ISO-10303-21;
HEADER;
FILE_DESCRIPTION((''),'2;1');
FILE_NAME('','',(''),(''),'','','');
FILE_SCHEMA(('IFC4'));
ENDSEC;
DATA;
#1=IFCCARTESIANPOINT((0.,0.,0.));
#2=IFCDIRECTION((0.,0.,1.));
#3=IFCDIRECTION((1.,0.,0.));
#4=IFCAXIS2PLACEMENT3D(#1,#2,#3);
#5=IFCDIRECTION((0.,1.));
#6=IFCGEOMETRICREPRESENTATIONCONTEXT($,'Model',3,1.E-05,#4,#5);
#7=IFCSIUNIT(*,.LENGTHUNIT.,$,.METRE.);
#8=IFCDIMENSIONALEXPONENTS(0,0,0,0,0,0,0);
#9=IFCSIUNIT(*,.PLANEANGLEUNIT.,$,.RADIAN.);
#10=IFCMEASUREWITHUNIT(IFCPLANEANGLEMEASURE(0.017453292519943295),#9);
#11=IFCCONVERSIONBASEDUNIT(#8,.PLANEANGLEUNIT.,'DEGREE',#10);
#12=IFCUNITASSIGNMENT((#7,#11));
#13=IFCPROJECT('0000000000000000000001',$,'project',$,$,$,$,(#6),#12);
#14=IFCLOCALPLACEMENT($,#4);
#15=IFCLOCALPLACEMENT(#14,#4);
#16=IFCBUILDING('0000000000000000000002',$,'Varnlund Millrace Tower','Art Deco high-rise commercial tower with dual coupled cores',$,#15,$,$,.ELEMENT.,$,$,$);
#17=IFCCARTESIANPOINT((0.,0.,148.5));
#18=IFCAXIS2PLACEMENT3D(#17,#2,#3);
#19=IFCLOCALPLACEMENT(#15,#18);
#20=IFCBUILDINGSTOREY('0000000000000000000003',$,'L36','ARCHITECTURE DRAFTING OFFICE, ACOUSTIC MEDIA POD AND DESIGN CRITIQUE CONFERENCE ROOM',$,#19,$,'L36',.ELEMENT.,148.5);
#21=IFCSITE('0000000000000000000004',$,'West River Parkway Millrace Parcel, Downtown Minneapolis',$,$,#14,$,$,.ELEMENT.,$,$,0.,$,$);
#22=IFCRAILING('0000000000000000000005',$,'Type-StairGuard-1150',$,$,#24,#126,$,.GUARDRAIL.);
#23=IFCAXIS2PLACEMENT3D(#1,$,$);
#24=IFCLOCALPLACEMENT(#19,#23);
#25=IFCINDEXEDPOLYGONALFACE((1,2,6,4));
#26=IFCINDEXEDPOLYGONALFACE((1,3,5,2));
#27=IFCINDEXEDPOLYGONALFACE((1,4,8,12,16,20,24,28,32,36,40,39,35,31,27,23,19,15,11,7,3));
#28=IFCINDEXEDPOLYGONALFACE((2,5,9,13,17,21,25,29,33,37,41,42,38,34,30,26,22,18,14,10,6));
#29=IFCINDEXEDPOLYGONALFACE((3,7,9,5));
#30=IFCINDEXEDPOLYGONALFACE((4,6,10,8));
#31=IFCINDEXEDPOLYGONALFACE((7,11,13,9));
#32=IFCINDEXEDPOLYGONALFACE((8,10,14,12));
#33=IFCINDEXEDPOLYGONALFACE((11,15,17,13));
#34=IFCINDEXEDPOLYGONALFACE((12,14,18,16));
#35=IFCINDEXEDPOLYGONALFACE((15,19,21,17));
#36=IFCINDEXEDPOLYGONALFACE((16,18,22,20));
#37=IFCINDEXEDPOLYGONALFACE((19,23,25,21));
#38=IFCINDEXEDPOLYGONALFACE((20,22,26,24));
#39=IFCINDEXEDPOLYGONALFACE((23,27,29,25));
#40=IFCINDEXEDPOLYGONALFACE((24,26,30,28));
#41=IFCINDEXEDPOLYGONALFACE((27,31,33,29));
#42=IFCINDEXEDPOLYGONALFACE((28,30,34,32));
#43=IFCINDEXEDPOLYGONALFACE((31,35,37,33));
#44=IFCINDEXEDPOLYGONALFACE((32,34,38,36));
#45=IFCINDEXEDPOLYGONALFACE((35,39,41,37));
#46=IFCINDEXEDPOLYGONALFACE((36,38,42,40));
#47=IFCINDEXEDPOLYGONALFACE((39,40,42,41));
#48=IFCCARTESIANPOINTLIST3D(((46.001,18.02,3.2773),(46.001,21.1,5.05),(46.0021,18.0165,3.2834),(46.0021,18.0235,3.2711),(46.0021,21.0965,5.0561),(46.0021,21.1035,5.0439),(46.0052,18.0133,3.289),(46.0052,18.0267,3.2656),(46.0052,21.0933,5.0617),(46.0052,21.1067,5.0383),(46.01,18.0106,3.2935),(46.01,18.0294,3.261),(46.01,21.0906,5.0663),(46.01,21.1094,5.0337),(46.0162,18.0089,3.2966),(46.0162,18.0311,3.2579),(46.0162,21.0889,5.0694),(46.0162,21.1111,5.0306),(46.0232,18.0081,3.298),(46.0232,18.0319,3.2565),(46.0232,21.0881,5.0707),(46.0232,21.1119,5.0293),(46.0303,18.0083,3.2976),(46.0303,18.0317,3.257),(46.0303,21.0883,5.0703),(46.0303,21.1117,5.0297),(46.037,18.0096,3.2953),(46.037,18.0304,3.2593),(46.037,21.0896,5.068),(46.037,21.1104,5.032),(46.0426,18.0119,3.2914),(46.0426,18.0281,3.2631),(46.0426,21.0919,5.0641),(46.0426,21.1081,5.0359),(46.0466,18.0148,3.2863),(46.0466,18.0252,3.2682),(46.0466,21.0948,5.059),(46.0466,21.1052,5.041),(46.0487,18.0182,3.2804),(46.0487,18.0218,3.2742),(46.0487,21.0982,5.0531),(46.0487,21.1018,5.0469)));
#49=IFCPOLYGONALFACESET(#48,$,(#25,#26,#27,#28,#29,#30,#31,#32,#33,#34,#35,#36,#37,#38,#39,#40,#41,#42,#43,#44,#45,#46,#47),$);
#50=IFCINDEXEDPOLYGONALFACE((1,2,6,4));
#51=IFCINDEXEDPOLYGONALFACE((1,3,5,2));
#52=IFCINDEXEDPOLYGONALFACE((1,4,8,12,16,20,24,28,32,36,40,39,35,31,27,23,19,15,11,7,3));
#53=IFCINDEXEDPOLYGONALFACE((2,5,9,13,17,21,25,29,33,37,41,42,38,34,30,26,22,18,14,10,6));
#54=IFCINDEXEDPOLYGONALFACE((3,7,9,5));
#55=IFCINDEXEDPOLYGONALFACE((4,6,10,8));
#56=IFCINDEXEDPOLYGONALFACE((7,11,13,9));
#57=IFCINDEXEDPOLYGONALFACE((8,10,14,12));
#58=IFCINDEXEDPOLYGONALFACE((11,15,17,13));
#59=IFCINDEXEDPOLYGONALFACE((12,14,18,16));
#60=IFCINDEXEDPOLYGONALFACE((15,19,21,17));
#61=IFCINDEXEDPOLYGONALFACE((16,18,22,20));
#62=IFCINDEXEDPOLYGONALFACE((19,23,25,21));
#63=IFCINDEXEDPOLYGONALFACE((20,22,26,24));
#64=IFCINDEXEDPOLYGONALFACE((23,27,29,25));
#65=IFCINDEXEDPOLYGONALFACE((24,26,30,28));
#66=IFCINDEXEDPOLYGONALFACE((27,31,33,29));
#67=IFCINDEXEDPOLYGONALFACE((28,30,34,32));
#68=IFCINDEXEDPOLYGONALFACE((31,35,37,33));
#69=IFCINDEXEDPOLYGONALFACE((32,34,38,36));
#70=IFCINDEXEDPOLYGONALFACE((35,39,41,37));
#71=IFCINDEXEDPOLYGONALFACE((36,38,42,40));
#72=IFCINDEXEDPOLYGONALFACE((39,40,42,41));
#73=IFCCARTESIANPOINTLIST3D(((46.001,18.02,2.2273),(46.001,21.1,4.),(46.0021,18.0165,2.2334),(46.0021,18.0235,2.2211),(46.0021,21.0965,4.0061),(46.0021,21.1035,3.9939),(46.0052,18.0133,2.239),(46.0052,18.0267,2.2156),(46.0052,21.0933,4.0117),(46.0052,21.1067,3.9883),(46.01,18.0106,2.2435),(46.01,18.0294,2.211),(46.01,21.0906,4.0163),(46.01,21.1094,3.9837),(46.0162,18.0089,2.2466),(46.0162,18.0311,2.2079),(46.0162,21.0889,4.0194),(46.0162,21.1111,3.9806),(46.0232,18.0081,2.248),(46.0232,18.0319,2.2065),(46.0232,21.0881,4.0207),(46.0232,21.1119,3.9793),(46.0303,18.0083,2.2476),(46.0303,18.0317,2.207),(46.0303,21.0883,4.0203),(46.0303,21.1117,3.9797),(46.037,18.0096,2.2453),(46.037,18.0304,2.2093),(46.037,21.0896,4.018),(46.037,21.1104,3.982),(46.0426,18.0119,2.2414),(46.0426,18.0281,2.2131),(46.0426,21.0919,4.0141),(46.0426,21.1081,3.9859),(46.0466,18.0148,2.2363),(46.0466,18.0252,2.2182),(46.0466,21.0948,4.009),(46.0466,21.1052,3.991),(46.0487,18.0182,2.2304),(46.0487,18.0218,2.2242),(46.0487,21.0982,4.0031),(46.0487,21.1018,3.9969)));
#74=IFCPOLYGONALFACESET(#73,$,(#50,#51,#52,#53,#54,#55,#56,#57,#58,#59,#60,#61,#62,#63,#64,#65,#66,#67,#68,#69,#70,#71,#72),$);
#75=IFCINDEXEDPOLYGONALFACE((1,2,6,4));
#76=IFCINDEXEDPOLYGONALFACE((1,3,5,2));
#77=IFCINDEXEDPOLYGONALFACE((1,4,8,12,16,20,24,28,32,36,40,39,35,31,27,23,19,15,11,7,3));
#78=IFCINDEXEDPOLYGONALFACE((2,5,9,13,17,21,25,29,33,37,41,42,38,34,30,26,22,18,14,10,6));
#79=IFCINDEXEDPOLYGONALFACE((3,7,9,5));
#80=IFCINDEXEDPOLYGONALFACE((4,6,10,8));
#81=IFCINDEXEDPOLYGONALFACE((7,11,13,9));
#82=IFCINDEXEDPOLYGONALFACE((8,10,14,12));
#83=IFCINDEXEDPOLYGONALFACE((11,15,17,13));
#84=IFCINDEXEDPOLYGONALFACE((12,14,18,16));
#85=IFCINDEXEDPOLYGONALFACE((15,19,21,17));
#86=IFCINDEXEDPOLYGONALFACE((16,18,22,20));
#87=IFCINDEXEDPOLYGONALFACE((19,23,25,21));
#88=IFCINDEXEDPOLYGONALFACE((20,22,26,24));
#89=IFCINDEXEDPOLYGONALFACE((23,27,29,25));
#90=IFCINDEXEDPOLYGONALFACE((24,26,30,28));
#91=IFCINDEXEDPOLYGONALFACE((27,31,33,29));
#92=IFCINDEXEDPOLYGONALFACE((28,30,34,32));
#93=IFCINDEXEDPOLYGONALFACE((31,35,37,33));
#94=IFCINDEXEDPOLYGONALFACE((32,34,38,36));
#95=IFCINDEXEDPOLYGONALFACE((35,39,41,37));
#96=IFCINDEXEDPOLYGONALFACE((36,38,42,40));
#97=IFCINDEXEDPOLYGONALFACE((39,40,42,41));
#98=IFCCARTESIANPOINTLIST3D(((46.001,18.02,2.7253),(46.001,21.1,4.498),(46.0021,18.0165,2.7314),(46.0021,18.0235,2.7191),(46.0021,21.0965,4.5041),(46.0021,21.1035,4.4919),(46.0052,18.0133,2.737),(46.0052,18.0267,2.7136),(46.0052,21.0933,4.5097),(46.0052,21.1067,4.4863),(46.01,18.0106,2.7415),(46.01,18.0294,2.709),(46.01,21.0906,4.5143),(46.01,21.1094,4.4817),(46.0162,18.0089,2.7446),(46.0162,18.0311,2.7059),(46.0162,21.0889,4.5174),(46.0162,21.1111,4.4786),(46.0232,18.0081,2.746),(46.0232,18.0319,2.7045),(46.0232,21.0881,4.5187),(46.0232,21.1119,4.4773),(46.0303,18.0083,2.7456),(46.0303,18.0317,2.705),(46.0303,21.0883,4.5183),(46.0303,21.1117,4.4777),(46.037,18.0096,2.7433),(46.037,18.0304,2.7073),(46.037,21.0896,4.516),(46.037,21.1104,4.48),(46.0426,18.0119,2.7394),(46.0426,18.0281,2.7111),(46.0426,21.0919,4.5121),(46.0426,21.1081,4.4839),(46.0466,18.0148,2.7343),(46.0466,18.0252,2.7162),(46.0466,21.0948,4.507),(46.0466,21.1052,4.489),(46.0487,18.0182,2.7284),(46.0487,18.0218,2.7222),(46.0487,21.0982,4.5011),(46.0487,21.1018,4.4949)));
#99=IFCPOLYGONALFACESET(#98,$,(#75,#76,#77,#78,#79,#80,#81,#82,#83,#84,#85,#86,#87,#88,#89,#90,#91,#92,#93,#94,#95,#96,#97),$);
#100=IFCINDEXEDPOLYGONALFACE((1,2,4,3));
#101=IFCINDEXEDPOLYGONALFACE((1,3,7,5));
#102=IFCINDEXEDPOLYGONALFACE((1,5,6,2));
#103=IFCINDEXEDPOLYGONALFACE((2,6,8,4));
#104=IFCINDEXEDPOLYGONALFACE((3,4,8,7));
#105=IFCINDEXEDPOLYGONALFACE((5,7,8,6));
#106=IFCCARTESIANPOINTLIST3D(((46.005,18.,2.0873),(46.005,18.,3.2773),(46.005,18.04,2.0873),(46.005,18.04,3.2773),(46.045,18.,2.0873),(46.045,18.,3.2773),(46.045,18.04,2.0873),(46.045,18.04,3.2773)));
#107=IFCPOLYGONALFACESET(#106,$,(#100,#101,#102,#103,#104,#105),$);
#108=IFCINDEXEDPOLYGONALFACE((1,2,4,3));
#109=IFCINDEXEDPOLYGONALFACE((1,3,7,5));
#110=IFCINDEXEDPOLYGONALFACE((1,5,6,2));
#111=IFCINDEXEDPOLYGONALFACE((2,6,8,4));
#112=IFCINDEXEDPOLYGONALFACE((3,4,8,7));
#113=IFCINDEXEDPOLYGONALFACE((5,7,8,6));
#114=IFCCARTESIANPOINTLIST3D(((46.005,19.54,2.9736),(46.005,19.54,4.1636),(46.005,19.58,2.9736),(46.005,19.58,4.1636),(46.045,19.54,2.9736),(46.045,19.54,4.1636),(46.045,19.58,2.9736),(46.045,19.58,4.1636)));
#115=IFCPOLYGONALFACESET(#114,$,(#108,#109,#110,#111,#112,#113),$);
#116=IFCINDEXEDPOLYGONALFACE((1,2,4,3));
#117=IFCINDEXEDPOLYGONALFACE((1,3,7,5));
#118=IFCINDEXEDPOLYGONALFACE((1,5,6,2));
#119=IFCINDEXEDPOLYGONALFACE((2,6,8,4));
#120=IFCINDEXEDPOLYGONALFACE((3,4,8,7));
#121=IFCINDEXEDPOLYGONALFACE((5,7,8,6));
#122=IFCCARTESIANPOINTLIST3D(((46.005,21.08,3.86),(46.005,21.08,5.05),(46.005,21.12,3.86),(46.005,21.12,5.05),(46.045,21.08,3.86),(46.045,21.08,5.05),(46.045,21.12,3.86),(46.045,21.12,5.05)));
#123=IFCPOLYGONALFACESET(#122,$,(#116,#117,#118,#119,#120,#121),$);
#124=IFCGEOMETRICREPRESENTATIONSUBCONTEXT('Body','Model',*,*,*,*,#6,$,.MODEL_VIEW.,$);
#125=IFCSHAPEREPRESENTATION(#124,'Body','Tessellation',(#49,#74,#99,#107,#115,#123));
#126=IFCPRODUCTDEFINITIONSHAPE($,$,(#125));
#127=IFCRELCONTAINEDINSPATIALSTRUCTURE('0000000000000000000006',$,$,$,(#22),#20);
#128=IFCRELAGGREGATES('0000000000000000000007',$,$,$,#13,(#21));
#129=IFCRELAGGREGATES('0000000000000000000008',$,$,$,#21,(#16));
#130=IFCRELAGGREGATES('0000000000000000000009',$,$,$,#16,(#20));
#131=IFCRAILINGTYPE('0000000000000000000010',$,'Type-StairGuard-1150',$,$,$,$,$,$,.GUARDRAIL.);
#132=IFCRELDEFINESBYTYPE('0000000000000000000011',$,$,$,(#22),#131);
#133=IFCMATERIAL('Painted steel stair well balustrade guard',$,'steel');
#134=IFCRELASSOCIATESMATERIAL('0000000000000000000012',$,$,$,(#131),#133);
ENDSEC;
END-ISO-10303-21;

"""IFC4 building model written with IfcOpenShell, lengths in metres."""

from ifc_helpers import new_model, entity, si_unit, converted_unit, direction, frame, origin_with_axes, origin_2d_with_axis, place, context, subcontext, project, spatial, rectangle, circle, extrude, material, type_object, element, save


model = new_model("IFC4")

# Units and contexts
model_context = context("Model", 3, precision=1e-05, world=origin_with_axes(), true_north=direction((0.0, 1.0)))
body_context = subcontext(model_context, "Body", "Model", "MODEL_VIEW")
ifc_project = project(units=[si_unit("LENGTHUNIT", "METRE"), converted_unit("PLANEANGLEUNIT", "DEGREE", entity("IfcPlaneAngleMeasure", 0.017453292519943295), si_unit("PLANEANGLEUNIT", "RADIAN"), dimensions=[0, 0, 0, 0, 0, 0, 0])], contexts=[model_context])

# Site, building, storey
site_placement = place(None, origin_with_axes())
site = spatial("IfcSite", under=ifc_project, at=site_placement, Name="West River Parkway Millrace Parcel, Downtown Minneapolis", CompositionType="ELEMENT", RefElevation=0.0)
building_placement = place(site_placement, origin_with_axes())
building = spatial("IfcBuilding", under=site, at=building_placement, Name="Varnlund Millrace Tower", Description="Art Deco high-rise commercial tower with dual coupled cores", CompositionType="ELEMENT")
storey_placement = place(building_placement, frame((0.0, 0.0, 148.5), z_axis=(0.0, 0.0, 1.0), x_axis=(1.0, 0.0, 0.0)))
storey = spatial("IfcBuildingStorey", under=building, at=storey_placement, Name="L36", Description="ARCHITECTURE DRAFTING OFFICE, ACOUSTIC MEDIA POD AND DESIGN CRITIQUE CONFERENCE ROOM", LongName="L36", CompositionType="ELEMENT", Elevation=148.5)

# Railing
ifc_material_1 = material(Name="Painted steel stair well balustrade guard", Category="steel")
railing_type_1 = type_object("IfcRailingType", Name="Type-StairGuard-1150", PredefinedType="GUARDRAIL", material=ifc_material_1)
railing_1_placement = place(storey_placement, frame((0.0, 0.0, -148.5), z_axis=(0.0, 0.0, 1.0), x_axis=(1.0, 0.0, 0.0)))
element("IfcRailing", 1, at=railing_1_placement, inside=storey, type_object=railing_type_1, Name="Type-StairGuard-1150", PredefinedType="GUARDRAIL", context=body_context, shape_type="SweptSolid", body=[
    extrude(circle(Radius=0.024, at=origin_2d_with_axis()), frame((46.025, 18.02, 151.7773), z_axis=(0.0, 0.866696, 0.498836), x_axis=(-1.0, 0.0, 0.0)), (0.0, 0.0, 1.0), 3.5537),
    extrude(circle(Radius=0.024, at=origin_2d_with_axis()), frame((46.025, 18.02, 150.7273), z_axis=(0.0, 0.866696, 0.498836), x_axis=(-1.0, 0.0, 0.0)), (0.0, 0.0, 1.0), 3.5537),
    extrude(circle(Radius=0.024, at=origin_2d_with_axis()), frame((46.025, 18.02, 151.2253), z_axis=(0.0, 0.866696, 0.498836), x_axis=(-1.0, 0.0, 0.0)), (0.0, 0.0, 1.0), 3.5537),
    extrude(rectangle(XDim=0.04, YDim=0.04, at=origin_2d_with_axis()), frame((46.025, 18.02, 150.5873), z_axis=(0.0, 0.0, 1.0), x_axis=(1.0, 0.0, 0.0)), (0.0, 0.0, 1.0), 1.19),
    extrude(rectangle(XDim=0.04, YDim=0.04, at=origin_2d_with_axis()), frame((46.025, 19.56, 151.4736), z_axis=(0.0, 0.0, 1.0), x_axis=(1.0, 0.0, 0.0)), (0.0, 0.0, 1.0), 1.19),
    extrude(rectangle(XDim=0.04, YDim=0.04, at=origin_2d_with_axis()), frame((46.025, 21.1, 152.36), z_axis=(0.0, 0.0, 1.0), x_axis=(1.0, 0.0, 0.0)), (0.0, 0.0, 1.0), 1.19),
])

save(model, "model.ifc")
